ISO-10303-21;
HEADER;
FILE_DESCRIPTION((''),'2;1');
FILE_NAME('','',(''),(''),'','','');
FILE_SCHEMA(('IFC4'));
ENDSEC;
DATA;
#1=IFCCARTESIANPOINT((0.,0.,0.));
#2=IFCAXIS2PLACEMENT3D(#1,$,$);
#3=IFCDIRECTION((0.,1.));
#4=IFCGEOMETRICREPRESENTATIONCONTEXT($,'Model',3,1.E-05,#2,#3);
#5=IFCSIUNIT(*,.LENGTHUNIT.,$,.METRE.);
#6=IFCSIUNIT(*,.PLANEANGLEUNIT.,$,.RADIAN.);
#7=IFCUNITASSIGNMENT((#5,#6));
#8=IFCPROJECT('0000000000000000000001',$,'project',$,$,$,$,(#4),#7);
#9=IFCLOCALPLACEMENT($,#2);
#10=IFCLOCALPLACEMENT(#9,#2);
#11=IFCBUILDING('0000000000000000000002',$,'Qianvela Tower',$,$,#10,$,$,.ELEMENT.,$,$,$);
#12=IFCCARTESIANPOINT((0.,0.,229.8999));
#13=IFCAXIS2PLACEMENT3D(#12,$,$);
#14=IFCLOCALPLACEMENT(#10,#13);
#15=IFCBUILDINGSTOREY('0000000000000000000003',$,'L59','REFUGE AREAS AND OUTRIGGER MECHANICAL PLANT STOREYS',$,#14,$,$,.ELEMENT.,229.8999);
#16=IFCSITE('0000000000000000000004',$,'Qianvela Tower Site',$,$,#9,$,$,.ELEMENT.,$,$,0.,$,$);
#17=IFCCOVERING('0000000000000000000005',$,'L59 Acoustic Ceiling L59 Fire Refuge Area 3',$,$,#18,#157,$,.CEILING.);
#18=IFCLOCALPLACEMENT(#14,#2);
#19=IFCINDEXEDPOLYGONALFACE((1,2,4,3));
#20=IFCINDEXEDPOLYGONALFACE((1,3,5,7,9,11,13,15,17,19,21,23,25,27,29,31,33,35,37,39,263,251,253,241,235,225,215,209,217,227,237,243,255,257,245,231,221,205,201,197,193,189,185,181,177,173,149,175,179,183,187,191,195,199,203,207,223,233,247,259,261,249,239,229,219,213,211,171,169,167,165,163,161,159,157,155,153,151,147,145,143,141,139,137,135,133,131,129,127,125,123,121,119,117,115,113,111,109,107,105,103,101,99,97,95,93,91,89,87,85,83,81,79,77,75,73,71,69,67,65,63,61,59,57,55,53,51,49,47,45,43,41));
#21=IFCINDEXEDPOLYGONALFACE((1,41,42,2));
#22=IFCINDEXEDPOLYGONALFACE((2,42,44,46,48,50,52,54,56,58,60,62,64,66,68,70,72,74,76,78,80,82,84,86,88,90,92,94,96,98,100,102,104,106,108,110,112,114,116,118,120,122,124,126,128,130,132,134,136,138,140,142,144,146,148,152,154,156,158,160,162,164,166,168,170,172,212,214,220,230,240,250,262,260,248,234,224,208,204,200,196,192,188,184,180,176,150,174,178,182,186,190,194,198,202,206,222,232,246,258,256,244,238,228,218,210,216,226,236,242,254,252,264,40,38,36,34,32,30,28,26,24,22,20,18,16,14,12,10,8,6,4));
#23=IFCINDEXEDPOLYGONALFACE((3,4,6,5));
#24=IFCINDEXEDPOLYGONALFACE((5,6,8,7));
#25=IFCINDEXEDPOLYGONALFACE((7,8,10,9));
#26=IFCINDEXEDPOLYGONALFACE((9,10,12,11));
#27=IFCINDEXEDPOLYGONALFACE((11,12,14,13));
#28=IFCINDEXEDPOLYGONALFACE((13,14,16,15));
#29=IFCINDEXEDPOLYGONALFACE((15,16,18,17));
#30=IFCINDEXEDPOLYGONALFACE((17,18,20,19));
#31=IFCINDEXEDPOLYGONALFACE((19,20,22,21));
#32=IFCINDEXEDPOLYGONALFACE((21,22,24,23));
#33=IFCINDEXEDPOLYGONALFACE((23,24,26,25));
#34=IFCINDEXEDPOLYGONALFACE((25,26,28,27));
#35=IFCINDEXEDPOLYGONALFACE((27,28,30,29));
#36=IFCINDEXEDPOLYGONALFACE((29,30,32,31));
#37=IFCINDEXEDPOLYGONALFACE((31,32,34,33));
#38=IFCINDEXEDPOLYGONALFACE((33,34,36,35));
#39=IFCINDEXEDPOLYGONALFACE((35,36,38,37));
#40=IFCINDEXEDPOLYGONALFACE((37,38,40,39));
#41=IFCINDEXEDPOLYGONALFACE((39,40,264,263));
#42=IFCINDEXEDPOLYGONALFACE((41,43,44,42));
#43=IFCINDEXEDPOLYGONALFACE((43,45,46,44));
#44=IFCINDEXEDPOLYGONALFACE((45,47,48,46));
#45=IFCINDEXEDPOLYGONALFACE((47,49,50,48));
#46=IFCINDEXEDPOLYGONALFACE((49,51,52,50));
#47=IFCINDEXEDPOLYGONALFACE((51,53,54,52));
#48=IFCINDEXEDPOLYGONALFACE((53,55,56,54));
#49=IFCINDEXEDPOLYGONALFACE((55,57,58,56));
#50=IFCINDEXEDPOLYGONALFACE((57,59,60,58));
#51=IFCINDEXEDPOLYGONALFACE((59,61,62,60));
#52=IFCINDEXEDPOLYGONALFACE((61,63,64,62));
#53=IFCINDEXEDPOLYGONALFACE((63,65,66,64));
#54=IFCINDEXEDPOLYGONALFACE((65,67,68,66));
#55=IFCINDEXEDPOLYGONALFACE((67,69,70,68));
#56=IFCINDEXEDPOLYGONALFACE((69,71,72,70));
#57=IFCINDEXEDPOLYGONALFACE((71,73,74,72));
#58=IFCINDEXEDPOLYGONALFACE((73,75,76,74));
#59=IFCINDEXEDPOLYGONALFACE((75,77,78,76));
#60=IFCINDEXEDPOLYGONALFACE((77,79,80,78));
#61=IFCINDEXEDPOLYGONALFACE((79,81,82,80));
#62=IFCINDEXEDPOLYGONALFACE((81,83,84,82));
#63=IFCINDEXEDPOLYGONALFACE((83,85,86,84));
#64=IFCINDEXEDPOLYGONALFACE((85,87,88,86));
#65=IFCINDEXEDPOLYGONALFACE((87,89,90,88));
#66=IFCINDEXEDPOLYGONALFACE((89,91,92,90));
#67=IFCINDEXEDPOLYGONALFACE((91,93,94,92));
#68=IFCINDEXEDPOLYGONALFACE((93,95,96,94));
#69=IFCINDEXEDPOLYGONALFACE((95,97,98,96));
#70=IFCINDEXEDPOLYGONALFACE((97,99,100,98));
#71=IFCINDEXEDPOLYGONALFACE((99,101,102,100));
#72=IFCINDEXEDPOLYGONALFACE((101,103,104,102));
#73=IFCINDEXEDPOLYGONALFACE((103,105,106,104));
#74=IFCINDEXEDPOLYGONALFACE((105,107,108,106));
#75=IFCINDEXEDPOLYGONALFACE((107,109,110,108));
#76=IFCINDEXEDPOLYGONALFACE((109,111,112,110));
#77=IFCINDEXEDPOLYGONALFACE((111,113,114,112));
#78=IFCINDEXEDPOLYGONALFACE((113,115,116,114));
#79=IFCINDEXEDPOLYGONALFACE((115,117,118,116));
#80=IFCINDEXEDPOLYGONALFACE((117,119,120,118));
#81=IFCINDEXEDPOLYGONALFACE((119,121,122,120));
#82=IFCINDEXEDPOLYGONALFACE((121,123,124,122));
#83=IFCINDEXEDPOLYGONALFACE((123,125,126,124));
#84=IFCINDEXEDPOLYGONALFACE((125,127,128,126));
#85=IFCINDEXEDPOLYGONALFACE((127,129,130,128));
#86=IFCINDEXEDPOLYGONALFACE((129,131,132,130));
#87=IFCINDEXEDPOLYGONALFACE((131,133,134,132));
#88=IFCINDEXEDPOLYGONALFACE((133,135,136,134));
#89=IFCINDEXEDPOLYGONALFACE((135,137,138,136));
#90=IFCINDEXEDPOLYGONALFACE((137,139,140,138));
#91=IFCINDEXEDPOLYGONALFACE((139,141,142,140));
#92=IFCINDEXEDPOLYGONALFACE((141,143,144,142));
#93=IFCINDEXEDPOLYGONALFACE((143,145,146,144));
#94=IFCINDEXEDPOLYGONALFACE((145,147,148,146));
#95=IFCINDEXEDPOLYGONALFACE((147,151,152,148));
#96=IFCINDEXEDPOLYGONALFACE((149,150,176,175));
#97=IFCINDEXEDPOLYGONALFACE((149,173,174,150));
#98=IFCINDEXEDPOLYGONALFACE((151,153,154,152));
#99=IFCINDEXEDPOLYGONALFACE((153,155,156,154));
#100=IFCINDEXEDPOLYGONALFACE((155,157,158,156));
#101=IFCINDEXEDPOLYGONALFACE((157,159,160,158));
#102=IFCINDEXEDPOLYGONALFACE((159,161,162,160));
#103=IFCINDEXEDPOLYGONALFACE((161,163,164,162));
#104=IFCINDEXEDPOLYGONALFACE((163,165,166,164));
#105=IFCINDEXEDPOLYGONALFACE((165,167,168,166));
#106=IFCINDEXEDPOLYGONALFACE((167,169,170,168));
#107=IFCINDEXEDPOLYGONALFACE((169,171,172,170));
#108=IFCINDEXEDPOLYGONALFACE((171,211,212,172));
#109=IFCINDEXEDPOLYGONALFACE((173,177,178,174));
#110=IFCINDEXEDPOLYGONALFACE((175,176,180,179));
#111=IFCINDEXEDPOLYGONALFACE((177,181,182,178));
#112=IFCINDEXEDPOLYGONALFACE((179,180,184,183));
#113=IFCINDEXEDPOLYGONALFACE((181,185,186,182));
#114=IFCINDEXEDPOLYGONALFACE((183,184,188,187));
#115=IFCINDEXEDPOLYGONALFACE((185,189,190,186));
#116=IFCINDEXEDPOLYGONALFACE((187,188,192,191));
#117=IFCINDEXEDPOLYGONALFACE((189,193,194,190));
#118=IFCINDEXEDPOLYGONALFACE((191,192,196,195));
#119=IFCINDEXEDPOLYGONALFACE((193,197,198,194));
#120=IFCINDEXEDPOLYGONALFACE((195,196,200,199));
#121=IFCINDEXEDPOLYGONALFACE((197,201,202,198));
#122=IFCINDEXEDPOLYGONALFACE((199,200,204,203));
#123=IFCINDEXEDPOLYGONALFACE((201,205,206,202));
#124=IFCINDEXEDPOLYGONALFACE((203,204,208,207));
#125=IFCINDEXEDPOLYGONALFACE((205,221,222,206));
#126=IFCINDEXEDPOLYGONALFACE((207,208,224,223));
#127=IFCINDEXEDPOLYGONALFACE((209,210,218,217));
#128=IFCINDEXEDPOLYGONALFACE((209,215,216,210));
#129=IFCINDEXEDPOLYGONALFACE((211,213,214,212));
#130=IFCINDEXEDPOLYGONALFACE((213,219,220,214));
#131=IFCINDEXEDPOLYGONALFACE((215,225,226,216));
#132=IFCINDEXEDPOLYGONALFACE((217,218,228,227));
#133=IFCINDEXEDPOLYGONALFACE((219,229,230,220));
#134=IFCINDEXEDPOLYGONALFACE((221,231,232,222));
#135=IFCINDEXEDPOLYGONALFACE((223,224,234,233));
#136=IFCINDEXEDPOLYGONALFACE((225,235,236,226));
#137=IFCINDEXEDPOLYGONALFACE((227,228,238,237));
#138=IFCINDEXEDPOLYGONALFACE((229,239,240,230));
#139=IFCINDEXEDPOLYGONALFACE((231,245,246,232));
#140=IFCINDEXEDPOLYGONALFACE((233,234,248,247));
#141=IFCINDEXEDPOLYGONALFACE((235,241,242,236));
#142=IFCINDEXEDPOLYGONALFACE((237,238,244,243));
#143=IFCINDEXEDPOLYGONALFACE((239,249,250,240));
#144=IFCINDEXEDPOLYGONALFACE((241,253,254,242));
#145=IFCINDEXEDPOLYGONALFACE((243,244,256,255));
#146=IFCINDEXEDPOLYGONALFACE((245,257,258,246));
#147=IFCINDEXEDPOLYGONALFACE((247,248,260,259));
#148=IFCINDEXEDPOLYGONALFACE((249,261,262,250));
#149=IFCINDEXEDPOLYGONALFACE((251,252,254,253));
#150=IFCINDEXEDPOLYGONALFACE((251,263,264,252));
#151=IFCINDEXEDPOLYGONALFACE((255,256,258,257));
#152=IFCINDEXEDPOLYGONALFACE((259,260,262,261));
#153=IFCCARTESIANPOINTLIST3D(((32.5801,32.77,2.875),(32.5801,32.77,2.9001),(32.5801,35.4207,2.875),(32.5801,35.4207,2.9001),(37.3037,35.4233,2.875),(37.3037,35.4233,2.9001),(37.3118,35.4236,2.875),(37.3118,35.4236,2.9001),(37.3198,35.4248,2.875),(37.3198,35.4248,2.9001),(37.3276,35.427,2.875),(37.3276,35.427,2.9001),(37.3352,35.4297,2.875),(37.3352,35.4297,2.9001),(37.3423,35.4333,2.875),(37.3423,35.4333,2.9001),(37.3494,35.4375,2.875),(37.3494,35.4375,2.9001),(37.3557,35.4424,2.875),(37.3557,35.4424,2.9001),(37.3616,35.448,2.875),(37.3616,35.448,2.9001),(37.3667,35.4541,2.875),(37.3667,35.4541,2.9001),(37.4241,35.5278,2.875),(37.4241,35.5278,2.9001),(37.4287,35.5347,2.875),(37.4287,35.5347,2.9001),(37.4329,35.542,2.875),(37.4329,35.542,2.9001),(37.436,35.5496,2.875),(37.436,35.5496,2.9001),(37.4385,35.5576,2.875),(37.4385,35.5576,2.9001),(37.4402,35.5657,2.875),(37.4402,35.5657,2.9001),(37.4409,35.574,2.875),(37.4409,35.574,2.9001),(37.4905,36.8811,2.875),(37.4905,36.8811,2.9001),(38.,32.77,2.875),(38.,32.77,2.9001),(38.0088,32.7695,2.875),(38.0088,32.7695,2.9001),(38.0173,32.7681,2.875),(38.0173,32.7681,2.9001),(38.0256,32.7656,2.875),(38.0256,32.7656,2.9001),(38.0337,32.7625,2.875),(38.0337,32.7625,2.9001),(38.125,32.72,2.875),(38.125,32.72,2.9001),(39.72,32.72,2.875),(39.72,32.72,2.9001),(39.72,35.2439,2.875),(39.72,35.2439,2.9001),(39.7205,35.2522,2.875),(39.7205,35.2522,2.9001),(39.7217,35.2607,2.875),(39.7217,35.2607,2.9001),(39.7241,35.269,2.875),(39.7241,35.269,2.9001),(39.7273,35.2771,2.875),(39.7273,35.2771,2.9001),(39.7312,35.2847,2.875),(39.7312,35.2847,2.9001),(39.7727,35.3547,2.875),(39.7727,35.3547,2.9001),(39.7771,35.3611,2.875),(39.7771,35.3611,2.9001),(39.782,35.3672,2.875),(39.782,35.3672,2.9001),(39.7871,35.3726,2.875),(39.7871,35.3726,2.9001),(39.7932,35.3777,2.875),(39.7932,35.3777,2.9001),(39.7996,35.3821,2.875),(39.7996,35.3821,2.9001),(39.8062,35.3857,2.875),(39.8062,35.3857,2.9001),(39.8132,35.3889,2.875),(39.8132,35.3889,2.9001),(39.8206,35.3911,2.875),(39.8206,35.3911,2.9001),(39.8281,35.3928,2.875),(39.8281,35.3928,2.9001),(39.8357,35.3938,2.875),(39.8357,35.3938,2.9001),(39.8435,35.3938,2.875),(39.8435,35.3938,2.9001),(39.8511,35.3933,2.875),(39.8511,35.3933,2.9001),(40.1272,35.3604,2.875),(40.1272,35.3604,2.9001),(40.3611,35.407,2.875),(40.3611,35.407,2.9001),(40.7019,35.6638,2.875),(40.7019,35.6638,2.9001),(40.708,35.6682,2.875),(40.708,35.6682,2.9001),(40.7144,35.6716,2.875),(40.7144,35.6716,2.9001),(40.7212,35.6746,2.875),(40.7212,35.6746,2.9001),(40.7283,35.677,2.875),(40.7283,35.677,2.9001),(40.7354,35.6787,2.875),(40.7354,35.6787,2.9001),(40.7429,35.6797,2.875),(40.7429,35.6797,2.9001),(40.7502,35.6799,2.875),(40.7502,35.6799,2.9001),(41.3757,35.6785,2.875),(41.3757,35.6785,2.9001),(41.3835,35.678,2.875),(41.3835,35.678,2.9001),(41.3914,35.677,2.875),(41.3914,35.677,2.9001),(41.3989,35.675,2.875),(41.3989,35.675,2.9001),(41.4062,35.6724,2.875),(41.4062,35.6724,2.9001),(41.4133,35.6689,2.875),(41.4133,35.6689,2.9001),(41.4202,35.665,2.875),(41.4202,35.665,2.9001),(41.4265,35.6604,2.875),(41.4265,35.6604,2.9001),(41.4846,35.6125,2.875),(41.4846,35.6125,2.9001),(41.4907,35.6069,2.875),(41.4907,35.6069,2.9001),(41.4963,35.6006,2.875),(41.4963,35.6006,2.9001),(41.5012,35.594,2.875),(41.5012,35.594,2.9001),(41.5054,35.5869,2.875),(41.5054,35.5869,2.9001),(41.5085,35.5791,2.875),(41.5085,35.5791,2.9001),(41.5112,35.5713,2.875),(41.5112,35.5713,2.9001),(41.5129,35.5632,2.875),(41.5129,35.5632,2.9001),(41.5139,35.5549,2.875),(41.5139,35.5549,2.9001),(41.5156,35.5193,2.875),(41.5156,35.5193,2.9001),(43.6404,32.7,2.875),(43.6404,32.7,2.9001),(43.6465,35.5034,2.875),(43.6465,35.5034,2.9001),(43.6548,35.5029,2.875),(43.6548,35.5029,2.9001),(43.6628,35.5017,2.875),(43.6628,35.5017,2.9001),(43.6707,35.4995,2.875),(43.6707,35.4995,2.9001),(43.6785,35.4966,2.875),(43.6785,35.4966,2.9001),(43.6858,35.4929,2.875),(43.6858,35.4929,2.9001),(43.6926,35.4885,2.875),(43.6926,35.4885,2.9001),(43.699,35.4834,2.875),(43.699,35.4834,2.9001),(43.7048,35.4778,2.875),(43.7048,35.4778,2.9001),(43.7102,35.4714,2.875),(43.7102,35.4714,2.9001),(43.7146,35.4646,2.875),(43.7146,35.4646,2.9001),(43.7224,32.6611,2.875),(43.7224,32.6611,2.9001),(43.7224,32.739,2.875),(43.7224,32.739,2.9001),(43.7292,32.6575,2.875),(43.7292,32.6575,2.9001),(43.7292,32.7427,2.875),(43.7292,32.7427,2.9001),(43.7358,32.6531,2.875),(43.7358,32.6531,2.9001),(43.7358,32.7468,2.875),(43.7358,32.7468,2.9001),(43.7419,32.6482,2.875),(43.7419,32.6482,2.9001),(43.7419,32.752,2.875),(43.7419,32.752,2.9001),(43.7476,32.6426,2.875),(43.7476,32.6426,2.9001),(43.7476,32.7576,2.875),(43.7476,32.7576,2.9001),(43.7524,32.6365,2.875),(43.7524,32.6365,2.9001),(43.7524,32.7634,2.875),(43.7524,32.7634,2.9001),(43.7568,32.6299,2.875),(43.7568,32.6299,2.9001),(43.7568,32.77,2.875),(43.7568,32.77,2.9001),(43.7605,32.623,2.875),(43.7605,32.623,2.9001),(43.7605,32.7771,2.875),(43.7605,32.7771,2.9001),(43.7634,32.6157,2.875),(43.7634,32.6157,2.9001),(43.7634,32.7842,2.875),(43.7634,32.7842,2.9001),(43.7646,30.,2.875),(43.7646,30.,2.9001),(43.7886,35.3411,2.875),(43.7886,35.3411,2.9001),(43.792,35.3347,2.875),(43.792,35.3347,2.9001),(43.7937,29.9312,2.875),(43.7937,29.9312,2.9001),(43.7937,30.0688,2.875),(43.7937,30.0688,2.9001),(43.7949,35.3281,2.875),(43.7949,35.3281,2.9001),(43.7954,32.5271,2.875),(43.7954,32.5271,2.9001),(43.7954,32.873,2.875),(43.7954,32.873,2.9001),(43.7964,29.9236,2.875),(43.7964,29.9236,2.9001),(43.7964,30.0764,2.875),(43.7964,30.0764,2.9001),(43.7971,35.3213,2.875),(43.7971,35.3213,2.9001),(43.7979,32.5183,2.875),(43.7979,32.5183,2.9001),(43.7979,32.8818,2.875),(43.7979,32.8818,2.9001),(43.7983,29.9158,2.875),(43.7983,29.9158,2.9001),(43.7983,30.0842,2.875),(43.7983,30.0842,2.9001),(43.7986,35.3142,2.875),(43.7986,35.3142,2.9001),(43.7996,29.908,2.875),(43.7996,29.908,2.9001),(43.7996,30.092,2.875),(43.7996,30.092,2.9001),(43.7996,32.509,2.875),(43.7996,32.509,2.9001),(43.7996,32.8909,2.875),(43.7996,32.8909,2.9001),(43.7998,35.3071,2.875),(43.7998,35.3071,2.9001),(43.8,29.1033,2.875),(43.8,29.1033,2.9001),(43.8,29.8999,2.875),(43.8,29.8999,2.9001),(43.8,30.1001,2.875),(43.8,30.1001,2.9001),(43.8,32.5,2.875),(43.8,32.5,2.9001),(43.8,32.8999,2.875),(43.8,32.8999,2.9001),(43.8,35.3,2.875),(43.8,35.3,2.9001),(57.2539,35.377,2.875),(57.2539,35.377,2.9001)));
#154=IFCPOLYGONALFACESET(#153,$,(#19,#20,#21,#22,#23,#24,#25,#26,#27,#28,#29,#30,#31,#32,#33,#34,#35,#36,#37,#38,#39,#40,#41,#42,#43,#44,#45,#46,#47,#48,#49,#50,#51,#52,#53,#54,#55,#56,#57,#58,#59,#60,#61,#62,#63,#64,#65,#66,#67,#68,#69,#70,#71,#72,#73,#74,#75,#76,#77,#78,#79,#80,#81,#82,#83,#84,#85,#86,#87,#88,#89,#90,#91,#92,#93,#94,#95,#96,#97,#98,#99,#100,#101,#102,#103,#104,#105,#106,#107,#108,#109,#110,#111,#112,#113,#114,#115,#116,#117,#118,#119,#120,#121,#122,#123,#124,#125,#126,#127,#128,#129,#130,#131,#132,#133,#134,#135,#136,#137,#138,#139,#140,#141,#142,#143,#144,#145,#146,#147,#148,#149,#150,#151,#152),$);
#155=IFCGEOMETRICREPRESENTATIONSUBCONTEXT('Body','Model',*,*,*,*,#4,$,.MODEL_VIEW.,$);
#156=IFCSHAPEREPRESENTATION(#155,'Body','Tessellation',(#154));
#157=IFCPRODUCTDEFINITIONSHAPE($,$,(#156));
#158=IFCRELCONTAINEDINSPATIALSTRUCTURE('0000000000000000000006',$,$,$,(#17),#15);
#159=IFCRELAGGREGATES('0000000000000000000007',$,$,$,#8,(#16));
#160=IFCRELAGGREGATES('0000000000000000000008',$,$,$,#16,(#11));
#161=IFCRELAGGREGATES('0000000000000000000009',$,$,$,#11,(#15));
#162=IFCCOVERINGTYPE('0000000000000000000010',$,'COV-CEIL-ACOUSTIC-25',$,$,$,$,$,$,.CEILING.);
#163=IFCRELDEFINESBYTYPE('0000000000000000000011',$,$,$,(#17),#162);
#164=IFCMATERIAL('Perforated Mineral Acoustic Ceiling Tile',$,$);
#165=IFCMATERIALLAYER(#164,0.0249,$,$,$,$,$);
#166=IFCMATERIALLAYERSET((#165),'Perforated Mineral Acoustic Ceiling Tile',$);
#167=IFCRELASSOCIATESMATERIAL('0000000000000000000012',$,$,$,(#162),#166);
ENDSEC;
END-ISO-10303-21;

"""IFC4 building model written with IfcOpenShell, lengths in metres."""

from ifc_helpers import new_model, si_unit, direction, frame, origin, place, context, subcontext, project, spatial, polyline, outline, extrude, material, layer, layer_set, type_object, element, save


model = new_model("IFC4")

# Units and contexts
model_context = context("Model", 3, precision=1e-05, world=origin(), true_north=direction((0.0, 1.0)))
body_context = subcontext(model_context, "Body", "Model", "MODEL_VIEW")
ifc_project = project(units=[si_unit("LENGTHUNIT", "METRE"), si_unit("PLANEANGLEUNIT", "RADIAN")], contexts=[model_context])

# Site, building, storey
site_placement = place(None, origin())
site = spatial("IfcSite", under=ifc_project, at=site_placement, Name="Qianvela Tower Site", CompositionType="ELEMENT", RefElevation=0.0)
building_placement = place(site_placement, origin())
building = spatial("IfcBuilding", under=site, at=building_placement, Name="Qianvela Tower", CompositionType="ELEMENT")
storey_placement = place(building_placement, frame((0.0, 0.0, 229.8999)))
storey = spatial("IfcBuildingStorey", under=building, at=storey_placement, Name="L59", Description="REFUGE AREAS AND OUTRIGGER MECHANICAL PLANT STOREYS", CompositionType="ELEMENT", Elevation=229.8999)

# Covering
ifc_material_1 = material(Name="Perforated Mineral Acoustic Ceiling Tile")
ifc_layer_1 = layer(ifc_material_1, 0.0249)
ifc_layer_set_1 = layer_set([ifc_layer_1], Name="Perforated Mineral Acoustic Ceiling Tile")
covering_type_1 = type_object("IfcCoveringType", Name="COV-CEIL-ACOUSTIC-25", PredefinedType="CEILING", material=ifc_layer_set_1)
covering_1_placement = place(storey_placement, frame((0.0, 0.0, 2.875)))
element("IfcCovering", 1, at=covering_1_placement, inside=storey, type_object=covering_type_1, Name="L59 Acoustic Ceiling L59 Fire Refuge Area 3", PredefinedType="CEILING", context=body_context, shape_type="SweptSolid", body=[
    extrude(outline(polyline([(43.6404, 32.7), (43.7224, 32.739), (43.7292, 32.7427), (43.7358, 32.7468), (43.7419, 32.752), (43.7476, 32.7576), (43.7524, 32.7634), (43.7568, 32.77), (43.7605, 32.7771), (43.7634, 32.7842), (43.7954, 32.873), (43.7979, 32.8818), (43.7996, 32.8909), (43.8, 32.8999), (43.8, 35.3), (43.7998, 35.3071), (43.7986, 35.3142), (43.7971, 35.3213), (43.7949, 35.3281), (43.792, 35.3347), (43.7886, 35.3411), (43.7146, 35.4646), (43.7102, 35.4714), (43.7048, 35.4778), (43.699, 35.4834), (43.6926, 35.4885), (43.6858, 35.4929), (43.6785, 35.4966), (43.6707, 35.4995), (43.6628, 35.5017), (43.6548, 35.5029), (43.6465, 35.5034), (41.5156, 35.5193), (41.5139, 35.5549), (41.5129, 35.5632), (41.5112, 35.5713), (41.5085, 35.5791), (41.5054, 35.5869), (41.5012, 35.594), (41.4963, 35.6006), (41.4907, 35.6069), (41.4846, 35.6125), (41.4265, 35.6604), (41.4202, 35.665), (41.4133, 35.6689), (41.4062, 35.6724), (41.3989, 35.675), (41.3914, 35.677), (41.3835, 35.678), (41.3757, 35.6785), (40.7502, 35.6799), (40.7429, 35.6797), (40.7354, 35.6787), (40.7283, 35.677), (40.7212, 35.6746), (40.7144, 35.6716), (40.708, 35.6682), (40.7019, 35.6638), (40.3611, 35.407), (40.1272, 35.3604), (39.8511, 35.3933), (39.8435, 35.3938), (39.8357, 35.3938), (39.8281, 35.3928), (39.8206, 35.3911), (39.8132, 35.3889), (39.8062, 35.3857), (39.7996, 35.3821), (39.7932, 35.3777), (39.7871, 35.3726), (39.782, 35.3672), (39.7771, 35.3611), (39.7727, 35.3547), (39.7312, 35.2847), (39.7273, 35.2771), (39.7241, 35.269), (39.7217, 35.2607), (39.7205, 35.2522), (39.72, 35.2439), (39.72, 32.72), (38.125, 32.72), (38.0337, 32.7625), (38.0256, 32.7656), (38.0173, 32.7681), (38.0088, 32.7695), (38.0, 32.77), (32.5801, 32.77), (32.5801, 35.4207), (37.3037, 35.4233), (37.3118, 35.4236), (37.3198, 35.4248), (37.3276, 35.427), (37.3352, 35.4297), (37.3423, 35.4333), (37.3494, 35.4375), (37.3557, 35.4424), (37.3616, 35.448), (37.3667, 35.4541), (37.4241, 35.5278), (37.4287, 35.5347), (37.4329, 35.542), (37.436, 35.5496), (37.4385, 35.5576), (37.4402, 35.5657), (37.4409, 35.574), (37.4905, 36.8811), (57.2539, 35.377), (43.8, 29.1033), (43.8, 29.8999), (43.7996, 29.908), (43.7983, 29.9158), (43.7964, 29.9236), (43.7937, 29.9312), (43.7646, 30.0), (43.7937, 30.0688), (43.7964, 30.0764), (43.7983, 30.0842), (43.7996, 30.092), (43.8, 30.1001), (43.8, 32.5), (43.7996, 32.509), (43.7979, 32.5183), (43.7954, 32.5271), (43.7634, 32.6157), (43.7605, 32.623), (43.7568, 32.6299), (43.7524, 32.6365), (43.7476, 32.6426), (43.7419, 32.6482), (43.7358, 32.6531), (43.7292, 32.6575), (43.7224, 32.6611), (43.6404, 32.7)])), origin(), (0.0, 0.0, 1.0), 0.0251),
])

save(model, "model.ifc")
